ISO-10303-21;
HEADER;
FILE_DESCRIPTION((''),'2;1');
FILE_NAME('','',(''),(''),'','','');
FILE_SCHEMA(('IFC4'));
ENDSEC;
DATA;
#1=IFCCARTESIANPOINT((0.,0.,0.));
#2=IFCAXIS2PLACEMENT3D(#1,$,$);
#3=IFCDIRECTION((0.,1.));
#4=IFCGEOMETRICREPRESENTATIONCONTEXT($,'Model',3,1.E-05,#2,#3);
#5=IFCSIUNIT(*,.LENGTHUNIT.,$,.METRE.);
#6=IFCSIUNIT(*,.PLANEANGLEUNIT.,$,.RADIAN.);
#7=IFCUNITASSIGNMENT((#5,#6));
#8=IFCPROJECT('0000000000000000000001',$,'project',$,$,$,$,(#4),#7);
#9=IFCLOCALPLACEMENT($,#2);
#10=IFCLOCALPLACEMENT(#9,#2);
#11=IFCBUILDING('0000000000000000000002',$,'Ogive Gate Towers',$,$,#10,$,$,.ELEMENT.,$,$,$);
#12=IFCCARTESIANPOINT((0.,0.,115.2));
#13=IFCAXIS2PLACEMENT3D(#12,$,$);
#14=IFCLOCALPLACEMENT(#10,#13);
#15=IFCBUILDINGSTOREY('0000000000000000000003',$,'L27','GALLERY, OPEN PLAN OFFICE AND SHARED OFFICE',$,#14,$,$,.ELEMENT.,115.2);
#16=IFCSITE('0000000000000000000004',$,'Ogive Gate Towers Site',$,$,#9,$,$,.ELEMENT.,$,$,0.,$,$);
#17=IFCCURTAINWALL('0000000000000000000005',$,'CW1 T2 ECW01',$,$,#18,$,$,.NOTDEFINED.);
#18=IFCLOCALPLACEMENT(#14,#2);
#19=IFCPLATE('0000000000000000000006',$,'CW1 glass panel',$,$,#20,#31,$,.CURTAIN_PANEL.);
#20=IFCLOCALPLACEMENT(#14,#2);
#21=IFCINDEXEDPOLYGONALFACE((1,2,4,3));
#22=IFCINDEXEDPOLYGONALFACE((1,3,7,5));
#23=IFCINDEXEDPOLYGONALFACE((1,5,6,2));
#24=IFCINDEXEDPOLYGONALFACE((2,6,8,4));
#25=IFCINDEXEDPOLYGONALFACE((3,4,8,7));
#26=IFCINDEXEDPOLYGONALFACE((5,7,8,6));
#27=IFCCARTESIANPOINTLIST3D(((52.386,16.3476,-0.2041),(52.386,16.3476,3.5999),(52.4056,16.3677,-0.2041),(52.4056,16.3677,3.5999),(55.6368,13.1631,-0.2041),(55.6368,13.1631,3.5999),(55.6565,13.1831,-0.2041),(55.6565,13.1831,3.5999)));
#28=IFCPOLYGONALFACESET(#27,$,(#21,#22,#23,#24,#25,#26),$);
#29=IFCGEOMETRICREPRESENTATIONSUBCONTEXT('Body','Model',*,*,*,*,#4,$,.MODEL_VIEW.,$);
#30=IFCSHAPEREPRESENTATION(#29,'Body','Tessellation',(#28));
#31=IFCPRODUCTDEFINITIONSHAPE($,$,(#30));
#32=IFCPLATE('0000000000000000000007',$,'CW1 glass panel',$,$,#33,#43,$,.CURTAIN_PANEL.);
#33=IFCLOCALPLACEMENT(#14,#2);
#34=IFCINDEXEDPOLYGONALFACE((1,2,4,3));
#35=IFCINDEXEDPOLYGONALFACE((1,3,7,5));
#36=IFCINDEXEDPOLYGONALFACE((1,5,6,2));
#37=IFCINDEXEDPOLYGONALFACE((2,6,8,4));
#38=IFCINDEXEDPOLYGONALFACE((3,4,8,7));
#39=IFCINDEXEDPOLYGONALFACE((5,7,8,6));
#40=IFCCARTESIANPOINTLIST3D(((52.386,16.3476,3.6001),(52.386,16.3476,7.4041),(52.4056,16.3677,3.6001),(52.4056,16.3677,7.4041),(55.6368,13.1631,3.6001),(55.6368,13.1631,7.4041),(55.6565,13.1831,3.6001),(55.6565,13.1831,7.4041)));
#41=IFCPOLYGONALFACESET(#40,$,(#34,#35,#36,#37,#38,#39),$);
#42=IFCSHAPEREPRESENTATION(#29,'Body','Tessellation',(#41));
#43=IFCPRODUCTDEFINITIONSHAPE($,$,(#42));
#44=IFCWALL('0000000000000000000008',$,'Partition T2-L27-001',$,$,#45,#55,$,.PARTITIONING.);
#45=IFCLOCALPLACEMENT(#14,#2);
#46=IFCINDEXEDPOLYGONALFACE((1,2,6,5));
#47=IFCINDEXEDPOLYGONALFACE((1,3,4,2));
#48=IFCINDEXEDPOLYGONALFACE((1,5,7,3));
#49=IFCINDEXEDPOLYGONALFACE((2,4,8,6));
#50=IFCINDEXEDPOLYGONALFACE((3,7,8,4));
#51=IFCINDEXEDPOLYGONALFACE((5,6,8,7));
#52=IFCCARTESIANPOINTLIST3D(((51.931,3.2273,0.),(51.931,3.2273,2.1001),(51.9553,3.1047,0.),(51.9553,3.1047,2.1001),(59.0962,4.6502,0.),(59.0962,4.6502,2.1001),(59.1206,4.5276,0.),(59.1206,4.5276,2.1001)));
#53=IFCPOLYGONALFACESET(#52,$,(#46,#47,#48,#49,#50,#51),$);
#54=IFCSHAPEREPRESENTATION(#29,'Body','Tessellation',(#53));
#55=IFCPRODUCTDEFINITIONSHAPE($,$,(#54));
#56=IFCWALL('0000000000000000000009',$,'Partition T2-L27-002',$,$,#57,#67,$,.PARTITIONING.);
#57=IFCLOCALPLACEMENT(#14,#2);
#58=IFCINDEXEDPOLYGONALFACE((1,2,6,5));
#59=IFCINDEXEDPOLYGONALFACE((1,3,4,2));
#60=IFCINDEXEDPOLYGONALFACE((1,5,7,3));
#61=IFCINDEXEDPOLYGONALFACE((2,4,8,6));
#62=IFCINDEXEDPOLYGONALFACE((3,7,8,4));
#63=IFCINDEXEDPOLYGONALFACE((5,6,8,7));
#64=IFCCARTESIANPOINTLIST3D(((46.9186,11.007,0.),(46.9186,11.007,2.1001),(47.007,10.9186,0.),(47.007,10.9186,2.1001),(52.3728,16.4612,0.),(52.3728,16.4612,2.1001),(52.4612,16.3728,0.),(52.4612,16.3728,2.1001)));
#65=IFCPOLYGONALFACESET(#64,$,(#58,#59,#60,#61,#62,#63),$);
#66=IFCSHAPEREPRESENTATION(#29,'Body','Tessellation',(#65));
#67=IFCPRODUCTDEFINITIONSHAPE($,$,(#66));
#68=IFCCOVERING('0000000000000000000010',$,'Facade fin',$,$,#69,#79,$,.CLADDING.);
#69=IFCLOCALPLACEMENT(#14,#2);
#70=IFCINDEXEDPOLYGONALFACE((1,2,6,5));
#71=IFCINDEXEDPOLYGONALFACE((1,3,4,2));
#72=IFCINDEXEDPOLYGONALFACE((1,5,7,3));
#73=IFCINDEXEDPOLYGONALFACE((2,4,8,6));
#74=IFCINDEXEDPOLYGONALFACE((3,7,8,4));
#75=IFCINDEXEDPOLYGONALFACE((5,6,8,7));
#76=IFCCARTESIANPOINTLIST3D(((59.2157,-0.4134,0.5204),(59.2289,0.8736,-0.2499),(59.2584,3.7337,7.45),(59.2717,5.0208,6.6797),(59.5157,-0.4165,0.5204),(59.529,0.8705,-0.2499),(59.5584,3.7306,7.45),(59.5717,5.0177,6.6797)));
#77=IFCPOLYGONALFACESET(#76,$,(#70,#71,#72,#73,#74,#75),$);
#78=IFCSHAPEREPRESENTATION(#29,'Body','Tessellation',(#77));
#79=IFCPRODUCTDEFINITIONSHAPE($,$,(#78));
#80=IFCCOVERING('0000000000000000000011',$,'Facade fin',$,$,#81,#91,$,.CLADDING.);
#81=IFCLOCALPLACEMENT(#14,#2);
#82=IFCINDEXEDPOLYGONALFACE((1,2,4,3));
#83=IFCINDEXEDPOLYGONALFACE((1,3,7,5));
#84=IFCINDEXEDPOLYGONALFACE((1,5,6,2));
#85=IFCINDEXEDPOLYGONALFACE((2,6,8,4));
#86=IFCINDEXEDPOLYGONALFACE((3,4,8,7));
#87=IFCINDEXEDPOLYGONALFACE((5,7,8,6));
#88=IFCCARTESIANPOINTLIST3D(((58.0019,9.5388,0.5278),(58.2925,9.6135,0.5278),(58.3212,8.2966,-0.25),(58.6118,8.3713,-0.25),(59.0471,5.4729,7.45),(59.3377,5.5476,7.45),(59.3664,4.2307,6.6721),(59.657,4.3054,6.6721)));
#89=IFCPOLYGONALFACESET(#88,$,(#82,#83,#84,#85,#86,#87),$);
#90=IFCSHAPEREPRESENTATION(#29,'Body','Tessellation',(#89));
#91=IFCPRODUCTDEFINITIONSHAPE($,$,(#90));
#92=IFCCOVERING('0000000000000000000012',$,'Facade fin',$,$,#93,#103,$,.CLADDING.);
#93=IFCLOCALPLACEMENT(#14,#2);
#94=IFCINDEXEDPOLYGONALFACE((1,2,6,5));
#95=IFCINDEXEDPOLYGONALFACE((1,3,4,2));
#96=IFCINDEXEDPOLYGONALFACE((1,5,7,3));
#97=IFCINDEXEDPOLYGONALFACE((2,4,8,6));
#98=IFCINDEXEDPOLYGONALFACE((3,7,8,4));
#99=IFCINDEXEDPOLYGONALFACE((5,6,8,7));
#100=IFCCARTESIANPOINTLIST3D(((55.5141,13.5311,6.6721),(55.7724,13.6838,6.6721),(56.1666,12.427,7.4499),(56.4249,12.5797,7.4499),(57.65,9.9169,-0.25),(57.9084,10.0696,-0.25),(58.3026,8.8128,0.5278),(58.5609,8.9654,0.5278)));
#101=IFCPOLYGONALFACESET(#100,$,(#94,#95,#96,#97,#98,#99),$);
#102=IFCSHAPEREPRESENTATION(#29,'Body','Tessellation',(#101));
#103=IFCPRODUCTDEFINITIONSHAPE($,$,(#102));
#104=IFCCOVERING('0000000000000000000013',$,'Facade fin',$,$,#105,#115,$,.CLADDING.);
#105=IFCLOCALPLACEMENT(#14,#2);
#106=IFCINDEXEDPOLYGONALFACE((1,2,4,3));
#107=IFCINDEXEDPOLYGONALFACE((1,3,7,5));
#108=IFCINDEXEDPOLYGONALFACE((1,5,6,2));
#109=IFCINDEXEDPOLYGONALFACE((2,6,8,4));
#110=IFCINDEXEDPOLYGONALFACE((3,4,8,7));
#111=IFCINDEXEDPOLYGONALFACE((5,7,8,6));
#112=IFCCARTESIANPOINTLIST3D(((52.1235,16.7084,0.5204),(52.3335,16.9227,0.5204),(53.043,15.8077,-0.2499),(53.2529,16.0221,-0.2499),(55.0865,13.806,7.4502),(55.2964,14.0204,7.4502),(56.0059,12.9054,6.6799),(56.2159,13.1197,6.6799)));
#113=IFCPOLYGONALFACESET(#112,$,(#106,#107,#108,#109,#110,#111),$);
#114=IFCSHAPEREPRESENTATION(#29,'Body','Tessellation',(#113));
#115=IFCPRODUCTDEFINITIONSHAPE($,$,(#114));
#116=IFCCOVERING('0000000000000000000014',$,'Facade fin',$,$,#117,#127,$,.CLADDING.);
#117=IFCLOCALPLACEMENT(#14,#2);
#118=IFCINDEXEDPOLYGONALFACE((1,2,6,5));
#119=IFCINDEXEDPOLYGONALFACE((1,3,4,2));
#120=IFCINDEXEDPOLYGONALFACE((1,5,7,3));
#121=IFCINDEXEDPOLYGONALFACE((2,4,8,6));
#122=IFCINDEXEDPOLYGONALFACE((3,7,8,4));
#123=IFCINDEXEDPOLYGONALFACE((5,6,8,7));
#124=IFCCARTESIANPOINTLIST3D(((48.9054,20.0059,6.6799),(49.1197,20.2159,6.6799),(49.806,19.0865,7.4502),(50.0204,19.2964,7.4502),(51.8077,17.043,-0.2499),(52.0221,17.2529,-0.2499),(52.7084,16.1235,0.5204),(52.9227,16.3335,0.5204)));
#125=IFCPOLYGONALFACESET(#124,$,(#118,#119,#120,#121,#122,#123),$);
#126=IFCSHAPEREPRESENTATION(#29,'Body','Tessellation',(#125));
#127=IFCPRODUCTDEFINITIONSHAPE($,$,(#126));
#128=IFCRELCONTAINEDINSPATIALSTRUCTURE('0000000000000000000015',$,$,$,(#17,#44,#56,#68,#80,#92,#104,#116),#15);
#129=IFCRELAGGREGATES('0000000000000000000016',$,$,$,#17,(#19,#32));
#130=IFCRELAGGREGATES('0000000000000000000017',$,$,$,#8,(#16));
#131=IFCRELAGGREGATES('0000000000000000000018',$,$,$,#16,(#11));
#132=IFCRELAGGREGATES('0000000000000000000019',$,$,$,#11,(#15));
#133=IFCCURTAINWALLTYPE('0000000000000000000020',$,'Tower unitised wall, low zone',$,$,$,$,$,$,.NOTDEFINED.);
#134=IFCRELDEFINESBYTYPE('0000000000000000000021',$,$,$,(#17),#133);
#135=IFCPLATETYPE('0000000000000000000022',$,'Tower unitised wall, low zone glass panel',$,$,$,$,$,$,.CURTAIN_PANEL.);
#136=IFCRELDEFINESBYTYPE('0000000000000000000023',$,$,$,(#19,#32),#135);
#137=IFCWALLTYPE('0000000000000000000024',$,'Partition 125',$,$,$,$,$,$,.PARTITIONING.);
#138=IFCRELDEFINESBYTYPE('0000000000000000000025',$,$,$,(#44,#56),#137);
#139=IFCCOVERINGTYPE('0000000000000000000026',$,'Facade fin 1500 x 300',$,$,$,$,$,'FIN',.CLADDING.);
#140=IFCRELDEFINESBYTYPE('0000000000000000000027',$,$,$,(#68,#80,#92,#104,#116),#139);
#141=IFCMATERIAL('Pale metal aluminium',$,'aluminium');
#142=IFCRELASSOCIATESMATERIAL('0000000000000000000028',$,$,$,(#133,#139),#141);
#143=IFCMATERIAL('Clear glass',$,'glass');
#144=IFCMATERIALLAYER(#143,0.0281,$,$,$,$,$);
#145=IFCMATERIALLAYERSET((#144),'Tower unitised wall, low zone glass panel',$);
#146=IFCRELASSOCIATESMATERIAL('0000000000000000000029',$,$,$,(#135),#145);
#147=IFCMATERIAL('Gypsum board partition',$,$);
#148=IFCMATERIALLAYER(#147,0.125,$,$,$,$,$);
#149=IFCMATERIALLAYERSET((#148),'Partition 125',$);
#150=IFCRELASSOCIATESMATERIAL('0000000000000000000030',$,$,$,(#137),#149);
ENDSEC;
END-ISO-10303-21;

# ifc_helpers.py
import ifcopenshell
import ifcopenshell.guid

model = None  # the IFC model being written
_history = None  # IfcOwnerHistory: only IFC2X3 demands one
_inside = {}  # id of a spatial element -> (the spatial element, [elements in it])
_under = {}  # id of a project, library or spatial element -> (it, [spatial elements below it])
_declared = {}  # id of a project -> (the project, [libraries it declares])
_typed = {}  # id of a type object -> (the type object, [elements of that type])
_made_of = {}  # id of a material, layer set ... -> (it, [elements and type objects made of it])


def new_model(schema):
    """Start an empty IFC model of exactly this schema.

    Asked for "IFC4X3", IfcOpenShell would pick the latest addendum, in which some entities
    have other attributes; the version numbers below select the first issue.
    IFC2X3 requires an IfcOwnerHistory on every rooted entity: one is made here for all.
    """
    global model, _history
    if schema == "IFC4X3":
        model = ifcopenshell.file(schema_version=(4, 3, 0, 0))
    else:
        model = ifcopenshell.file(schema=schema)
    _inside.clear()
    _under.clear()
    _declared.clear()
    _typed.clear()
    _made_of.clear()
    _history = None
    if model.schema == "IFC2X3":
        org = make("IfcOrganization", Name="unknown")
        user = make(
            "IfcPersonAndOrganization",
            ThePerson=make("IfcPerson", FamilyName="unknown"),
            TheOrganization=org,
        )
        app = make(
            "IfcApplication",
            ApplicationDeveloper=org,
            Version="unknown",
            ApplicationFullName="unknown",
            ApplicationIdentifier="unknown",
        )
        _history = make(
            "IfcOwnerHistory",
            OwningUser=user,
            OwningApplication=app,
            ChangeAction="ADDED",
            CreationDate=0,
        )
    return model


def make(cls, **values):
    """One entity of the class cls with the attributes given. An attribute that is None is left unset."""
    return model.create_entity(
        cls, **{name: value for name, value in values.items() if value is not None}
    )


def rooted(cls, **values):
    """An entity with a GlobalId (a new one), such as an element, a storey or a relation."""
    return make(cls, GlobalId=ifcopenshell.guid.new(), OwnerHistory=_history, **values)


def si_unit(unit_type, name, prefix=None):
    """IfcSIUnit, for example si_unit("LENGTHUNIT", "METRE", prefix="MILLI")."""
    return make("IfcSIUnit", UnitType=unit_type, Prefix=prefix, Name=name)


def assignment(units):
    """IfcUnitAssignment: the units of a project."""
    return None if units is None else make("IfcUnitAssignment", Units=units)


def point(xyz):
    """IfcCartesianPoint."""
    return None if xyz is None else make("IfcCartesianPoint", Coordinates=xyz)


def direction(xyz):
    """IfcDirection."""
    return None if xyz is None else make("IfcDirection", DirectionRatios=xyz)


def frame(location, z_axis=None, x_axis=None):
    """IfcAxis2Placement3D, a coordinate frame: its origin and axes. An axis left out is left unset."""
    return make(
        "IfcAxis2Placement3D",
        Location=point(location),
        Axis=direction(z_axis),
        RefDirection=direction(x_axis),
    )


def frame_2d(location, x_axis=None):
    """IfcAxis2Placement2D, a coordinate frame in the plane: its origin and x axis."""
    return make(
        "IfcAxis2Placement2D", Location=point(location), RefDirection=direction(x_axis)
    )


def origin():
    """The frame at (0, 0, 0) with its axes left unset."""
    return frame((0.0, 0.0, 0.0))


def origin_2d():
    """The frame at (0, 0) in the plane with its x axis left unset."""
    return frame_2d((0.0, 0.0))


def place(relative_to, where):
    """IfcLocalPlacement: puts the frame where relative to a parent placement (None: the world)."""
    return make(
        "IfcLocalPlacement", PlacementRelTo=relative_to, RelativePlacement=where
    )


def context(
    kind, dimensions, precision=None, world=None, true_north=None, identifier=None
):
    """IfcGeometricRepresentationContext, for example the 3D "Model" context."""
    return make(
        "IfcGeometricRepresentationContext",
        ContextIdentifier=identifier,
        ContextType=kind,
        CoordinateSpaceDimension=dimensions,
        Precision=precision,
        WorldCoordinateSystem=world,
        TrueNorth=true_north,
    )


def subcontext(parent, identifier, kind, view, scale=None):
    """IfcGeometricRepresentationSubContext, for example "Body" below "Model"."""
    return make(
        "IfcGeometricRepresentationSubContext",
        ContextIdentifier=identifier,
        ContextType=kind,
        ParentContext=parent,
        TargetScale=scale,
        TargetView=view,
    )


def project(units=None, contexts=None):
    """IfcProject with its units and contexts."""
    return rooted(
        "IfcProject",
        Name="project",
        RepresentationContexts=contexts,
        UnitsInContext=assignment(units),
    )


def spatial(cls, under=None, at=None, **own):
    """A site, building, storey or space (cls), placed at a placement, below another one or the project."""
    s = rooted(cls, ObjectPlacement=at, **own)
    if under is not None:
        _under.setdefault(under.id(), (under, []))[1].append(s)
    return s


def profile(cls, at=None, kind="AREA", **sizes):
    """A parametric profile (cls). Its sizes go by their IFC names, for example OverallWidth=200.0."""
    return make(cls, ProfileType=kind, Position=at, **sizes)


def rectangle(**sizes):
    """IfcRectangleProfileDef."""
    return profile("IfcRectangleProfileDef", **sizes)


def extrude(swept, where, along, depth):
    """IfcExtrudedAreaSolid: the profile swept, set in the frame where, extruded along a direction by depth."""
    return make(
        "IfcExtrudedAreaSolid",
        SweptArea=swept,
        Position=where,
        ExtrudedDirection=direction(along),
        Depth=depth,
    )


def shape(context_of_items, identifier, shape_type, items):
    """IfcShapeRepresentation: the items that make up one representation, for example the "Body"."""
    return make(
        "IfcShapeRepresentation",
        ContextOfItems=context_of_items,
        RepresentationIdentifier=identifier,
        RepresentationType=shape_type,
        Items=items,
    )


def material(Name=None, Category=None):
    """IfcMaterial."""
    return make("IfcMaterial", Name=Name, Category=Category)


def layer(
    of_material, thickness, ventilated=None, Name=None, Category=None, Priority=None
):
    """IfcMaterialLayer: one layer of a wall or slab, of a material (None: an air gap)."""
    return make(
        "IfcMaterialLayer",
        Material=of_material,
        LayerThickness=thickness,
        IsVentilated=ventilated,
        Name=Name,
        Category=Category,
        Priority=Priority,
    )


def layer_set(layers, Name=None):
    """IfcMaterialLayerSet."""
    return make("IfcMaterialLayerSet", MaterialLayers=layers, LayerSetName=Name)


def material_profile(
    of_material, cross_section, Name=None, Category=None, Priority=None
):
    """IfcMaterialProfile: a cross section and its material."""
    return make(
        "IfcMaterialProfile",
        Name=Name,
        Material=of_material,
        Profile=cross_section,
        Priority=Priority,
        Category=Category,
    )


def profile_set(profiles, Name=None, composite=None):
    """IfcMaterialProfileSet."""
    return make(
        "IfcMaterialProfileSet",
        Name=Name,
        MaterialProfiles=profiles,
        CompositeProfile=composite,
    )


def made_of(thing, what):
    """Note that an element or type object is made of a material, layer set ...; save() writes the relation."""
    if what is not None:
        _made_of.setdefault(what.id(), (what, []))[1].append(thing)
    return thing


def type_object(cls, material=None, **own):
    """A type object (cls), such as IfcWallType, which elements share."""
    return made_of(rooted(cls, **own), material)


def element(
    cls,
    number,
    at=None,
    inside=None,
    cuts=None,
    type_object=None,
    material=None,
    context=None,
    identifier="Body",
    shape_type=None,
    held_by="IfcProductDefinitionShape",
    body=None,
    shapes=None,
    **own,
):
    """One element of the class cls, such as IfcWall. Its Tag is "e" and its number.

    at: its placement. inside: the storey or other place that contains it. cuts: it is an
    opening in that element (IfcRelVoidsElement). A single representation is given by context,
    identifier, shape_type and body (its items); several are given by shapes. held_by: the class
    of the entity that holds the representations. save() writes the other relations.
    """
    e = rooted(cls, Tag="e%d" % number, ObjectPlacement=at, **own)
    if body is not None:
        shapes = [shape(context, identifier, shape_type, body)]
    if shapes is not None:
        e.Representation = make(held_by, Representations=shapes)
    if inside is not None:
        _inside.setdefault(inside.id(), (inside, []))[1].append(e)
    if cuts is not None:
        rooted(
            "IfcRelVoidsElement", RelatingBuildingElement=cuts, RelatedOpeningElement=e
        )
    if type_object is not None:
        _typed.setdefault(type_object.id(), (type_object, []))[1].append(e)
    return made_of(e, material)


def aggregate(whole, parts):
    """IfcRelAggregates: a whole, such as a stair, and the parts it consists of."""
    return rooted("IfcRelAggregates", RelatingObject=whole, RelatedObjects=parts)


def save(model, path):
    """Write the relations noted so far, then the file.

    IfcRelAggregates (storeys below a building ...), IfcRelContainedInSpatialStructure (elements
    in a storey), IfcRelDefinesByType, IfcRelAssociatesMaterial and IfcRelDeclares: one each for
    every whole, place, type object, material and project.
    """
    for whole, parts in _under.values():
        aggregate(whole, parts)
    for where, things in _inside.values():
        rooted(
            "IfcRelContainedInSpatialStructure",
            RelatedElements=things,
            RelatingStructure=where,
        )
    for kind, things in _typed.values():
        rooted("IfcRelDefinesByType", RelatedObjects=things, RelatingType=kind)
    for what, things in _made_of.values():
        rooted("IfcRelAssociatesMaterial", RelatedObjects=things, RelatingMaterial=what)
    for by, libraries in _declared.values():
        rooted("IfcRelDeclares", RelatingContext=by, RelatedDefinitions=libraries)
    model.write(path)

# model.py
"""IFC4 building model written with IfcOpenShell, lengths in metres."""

from ifc_helpers import new_model, si_unit, direction, frame, frame_2d, origin, origin_2d, place, context, subcontext, project, spatial, rectangle, extrude, material, layer, layer_set, material_profile, profile_set, type_object, element, aggregate, save


model = new_model("IFC4")

# Units and contexts
model_context = context("Model", 3, precision=1e-05, world=origin(), true_north=direction((0.0, 1.0)))
body_context = subcontext(model_context, "Body", "Model", "MODEL_VIEW")
ifc_project = project(units=[si_unit("LENGTHUNIT", "METRE"), si_unit("PLANEANGLEUNIT", "RADIAN")], contexts=[model_context])

# Site, building, storey
site_placement = place(None, origin())
site = spatial("IfcSite", under=ifc_project, at=site_placement, Name="Ogive Gate Towers Site", CompositionType="ELEMENT", RefElevation=0.0)
building_placement = place(site_placement, origin())
building = spatial("IfcBuilding", under=site, at=building_placement, Name="Ogive Gate Towers", CompositionType="ELEMENT")
storey_placement = place(building_placement, frame((0.0, 0.0, 115.2)))
storey = spatial("IfcBuildingStorey", under=building, at=storey_placement, Name="L27", Description="GALLERY, OPEN PLAN OFFICE AND SHARED OFFICE", CompositionType="ELEMENT", Elevation=115.2)

# Curtain wall
ifc_material_1 = material(Name="Pale metal aluminium", Category="aluminium")
curtain_wall_type = type_object("IfcCurtainWallType", Name="Tower unitised wall, low zone", PredefinedType="NOTDEFINED", material=ifc_material_1)
curtain_wall_1_placement = place(storey_placement, origin())
curtain_wall_1 = element("IfcCurtainWall", 1, at=curtain_wall_1_placement, inside=storey, type_object=curtain_wall_type, Name="CW1 T2 ECW01", PredefinedType="NOTDEFINED")

# Plates
ifc_material_2 = material(Name="Clear glass", Category="glass")
ifc_layer_1 = layer(ifc_material_2, 0.0281)
ifc_layer_set_1 = layer_set([ifc_layer_1], Name="Tower unitised wall, low zone glass panel")
plate_type = type_object("IfcPlateType", Name="Tower unitised wall, low zone glass panel", PredefinedType="CURTAIN_PANEL", material=ifc_layer_set_1)
plate_1_placement = place(storey_placement, frame((54.0212, 14.7654, -0.2041), z_axis=(0.0, 0.0, 1.0), x_axis=(-0.714351, 0.699788, 0.0)))
plate_1 = element("IfcPlate", 2, at=plate_1_placement, type_object=plate_type, Name="CW1 glass panel", PredefinedType="CURTAIN_PANEL", context=body_context, shape_type="SweptSolid", body=[
    extrude(rectangle(XDim=4.5508, YDim=0.0281, at=origin_2d()), origin(), (0.0, 0.0, 1.0), 3.804),
])
plate_2_placement = place(storey_placement, frame((54.0212, 14.7654, 3.6001), z_axis=(0.0, 0.0, 1.0), x_axis=(-0.714351, 0.699788, 0.0)))
plate_2 = element("IfcPlate", 3, at=plate_2_placement, type_object=plate_type, Name="CW1 glass panel", PredefinedType="CURTAIN_PANEL", context=body_context, shape_type="SweptSolid", body=[
    extrude(rectangle(XDim=4.5508, YDim=0.0281, at=origin_2d()), origin(), (0.0, 0.0, 1.0), 3.804),
])
aggregate(curtain_wall_1, [plate_1, plate_2])

# Walls
ifc_material_3 = material(Name="Gypsum board partition")
ifc_layer_2 = layer(ifc_material_3, 0.125)
ifc_layer_set_2 = layer_set([ifc_layer_2], Name="Partition 125")
wall_type = type_object("IfcWallType", Name="Partition 125", PredefinedType="PARTITIONING", material=ifc_layer_set_2)
wall_1_placement = place(storey_placement, frame((59.1084, 4.5889, 0.0), z_axis=(0.0, 0.0, 1.0), x_axis=(-0.980848, -0.194773, 0.0)))
element("IfcWall", 4, at=wall_1_placement, inside=storey, type_object=wall_type, Name="Partition T2-L27-001", PredefinedType="PARTITIONING", context=body_context, shape_type="SweptSolid", body=[
    extrude(rectangle(XDim=7.3052, YDim=0.125, at=frame_2d((3.6526, 0.0))), origin(), (0.0, 0.0, 1.0), 2.1001),
])
wall_2_placement = place(storey_placement, frame((52.417, 16.417, 0.0), z_axis=(0.0, 0.0, 1.0), x_axis=(-0.707107, -0.707107, 0.0)))
element("IfcWall", 5, at=wall_2_placement, inside=storey, type_object=wall_type, Name="Partition T2-L27-002", PredefinedType="PARTITIONING", context=body_context, shape_type="SweptSolid", body=[
    extrude(rectangle(XDim=7.7134, YDim=0.125, at=frame_2d((3.8567, 0.0))), origin(), (0.0, 0.0, 1.0), 2.1001),
])

# Coverings
ifc_material_profile_1 = material_profile(ifc_material_1, rectangle(XDim=0.3, YDim=1.5, at=origin_2d()), Name="1500 x 300 pale metal aluminium")
ifc_profile_set_1 = profile_set([ifc_material_profile_1], Name="Pale metal aluminium")
covering_type = type_object("IfcCoveringType", Name="Facade fin 1500 x 300", ElementType="FIN", PredefinedType="CLADDING", material=ifc_profile_set_1)
covering_placement = place(storey_placement, frame((59.3723, 0.2285, 0.1353), z_axis=(0.00529, 0.513524, 0.858059), x_axis=(-0.999947, 0.010301, 0.0)))
element("IfcCovering", 6, at=covering_placement, inside=storey, type_object=covering_type, Name="Facade fin", PredefinedType="CLADDING", context=body_context, shape_type="SweptSolid", body=[
    extrude(rectangle(XDim=0.3, YDim=1.5, at=origin_2d()), origin(), (0.0, 0.0, 1.0), 8.0759),
])
for number, where, z_axis, x_axis, name in (
    (7, (58.3069, 8.9551, 0.1389), (0.129102, -0.502234, 0.85504), (0.968513, 0.248962, 0.0), "Facade fin"),
    (8, (58.1055, 9.4412, 0.1389), (-0.263841, 0.446439, 0.855032), (-0.860896, -0.50878, 0.0), "Facade fin"),
):
    element("IfcCovering", number, at=place(storey_placement, frame(where, z_axis=z_axis, x_axis=x_axis)), inside=storey, type_object=covering_type, Name=name, PredefinedType="CLADDING", context=body_context, shape_type="SweptSolid", body=[
        extrude(rectangle(XDim=0.3, YDim=1.5, at=origin_2d()), origin(), (0.0, 0.0, 1.0), 8.0957),
    ])
for number, where, z_axis, x_axis, name in (
    (9, (52.6882, 16.3652, 0.1353), (0.366873, -0.359376, 0.858052), (0.69977, 0.714368, 0.0), "Facade fin"),
    (10, (52.3652, 16.6882, 0.1353), (-0.359376, 0.366873, 0.858052), (-0.714368, -0.69977, 0.0), "Facade fin"),
):
    element("IfcCovering", number, at=place(storey_placement, frame(where, z_axis=z_axis, x_axis=x_axis)), inside=storey, type_object=covering_type, Name=name, PredefinedType="CLADDING", context=body_context, shape_type="SweptSolid", body=[
        extrude(rectangle(XDim=0.3, YDim=1.5, at=origin_2d()), origin(), (0.0, 0.0, 1.0), 8.0762),
    ])

save(model, "model.ifc")
